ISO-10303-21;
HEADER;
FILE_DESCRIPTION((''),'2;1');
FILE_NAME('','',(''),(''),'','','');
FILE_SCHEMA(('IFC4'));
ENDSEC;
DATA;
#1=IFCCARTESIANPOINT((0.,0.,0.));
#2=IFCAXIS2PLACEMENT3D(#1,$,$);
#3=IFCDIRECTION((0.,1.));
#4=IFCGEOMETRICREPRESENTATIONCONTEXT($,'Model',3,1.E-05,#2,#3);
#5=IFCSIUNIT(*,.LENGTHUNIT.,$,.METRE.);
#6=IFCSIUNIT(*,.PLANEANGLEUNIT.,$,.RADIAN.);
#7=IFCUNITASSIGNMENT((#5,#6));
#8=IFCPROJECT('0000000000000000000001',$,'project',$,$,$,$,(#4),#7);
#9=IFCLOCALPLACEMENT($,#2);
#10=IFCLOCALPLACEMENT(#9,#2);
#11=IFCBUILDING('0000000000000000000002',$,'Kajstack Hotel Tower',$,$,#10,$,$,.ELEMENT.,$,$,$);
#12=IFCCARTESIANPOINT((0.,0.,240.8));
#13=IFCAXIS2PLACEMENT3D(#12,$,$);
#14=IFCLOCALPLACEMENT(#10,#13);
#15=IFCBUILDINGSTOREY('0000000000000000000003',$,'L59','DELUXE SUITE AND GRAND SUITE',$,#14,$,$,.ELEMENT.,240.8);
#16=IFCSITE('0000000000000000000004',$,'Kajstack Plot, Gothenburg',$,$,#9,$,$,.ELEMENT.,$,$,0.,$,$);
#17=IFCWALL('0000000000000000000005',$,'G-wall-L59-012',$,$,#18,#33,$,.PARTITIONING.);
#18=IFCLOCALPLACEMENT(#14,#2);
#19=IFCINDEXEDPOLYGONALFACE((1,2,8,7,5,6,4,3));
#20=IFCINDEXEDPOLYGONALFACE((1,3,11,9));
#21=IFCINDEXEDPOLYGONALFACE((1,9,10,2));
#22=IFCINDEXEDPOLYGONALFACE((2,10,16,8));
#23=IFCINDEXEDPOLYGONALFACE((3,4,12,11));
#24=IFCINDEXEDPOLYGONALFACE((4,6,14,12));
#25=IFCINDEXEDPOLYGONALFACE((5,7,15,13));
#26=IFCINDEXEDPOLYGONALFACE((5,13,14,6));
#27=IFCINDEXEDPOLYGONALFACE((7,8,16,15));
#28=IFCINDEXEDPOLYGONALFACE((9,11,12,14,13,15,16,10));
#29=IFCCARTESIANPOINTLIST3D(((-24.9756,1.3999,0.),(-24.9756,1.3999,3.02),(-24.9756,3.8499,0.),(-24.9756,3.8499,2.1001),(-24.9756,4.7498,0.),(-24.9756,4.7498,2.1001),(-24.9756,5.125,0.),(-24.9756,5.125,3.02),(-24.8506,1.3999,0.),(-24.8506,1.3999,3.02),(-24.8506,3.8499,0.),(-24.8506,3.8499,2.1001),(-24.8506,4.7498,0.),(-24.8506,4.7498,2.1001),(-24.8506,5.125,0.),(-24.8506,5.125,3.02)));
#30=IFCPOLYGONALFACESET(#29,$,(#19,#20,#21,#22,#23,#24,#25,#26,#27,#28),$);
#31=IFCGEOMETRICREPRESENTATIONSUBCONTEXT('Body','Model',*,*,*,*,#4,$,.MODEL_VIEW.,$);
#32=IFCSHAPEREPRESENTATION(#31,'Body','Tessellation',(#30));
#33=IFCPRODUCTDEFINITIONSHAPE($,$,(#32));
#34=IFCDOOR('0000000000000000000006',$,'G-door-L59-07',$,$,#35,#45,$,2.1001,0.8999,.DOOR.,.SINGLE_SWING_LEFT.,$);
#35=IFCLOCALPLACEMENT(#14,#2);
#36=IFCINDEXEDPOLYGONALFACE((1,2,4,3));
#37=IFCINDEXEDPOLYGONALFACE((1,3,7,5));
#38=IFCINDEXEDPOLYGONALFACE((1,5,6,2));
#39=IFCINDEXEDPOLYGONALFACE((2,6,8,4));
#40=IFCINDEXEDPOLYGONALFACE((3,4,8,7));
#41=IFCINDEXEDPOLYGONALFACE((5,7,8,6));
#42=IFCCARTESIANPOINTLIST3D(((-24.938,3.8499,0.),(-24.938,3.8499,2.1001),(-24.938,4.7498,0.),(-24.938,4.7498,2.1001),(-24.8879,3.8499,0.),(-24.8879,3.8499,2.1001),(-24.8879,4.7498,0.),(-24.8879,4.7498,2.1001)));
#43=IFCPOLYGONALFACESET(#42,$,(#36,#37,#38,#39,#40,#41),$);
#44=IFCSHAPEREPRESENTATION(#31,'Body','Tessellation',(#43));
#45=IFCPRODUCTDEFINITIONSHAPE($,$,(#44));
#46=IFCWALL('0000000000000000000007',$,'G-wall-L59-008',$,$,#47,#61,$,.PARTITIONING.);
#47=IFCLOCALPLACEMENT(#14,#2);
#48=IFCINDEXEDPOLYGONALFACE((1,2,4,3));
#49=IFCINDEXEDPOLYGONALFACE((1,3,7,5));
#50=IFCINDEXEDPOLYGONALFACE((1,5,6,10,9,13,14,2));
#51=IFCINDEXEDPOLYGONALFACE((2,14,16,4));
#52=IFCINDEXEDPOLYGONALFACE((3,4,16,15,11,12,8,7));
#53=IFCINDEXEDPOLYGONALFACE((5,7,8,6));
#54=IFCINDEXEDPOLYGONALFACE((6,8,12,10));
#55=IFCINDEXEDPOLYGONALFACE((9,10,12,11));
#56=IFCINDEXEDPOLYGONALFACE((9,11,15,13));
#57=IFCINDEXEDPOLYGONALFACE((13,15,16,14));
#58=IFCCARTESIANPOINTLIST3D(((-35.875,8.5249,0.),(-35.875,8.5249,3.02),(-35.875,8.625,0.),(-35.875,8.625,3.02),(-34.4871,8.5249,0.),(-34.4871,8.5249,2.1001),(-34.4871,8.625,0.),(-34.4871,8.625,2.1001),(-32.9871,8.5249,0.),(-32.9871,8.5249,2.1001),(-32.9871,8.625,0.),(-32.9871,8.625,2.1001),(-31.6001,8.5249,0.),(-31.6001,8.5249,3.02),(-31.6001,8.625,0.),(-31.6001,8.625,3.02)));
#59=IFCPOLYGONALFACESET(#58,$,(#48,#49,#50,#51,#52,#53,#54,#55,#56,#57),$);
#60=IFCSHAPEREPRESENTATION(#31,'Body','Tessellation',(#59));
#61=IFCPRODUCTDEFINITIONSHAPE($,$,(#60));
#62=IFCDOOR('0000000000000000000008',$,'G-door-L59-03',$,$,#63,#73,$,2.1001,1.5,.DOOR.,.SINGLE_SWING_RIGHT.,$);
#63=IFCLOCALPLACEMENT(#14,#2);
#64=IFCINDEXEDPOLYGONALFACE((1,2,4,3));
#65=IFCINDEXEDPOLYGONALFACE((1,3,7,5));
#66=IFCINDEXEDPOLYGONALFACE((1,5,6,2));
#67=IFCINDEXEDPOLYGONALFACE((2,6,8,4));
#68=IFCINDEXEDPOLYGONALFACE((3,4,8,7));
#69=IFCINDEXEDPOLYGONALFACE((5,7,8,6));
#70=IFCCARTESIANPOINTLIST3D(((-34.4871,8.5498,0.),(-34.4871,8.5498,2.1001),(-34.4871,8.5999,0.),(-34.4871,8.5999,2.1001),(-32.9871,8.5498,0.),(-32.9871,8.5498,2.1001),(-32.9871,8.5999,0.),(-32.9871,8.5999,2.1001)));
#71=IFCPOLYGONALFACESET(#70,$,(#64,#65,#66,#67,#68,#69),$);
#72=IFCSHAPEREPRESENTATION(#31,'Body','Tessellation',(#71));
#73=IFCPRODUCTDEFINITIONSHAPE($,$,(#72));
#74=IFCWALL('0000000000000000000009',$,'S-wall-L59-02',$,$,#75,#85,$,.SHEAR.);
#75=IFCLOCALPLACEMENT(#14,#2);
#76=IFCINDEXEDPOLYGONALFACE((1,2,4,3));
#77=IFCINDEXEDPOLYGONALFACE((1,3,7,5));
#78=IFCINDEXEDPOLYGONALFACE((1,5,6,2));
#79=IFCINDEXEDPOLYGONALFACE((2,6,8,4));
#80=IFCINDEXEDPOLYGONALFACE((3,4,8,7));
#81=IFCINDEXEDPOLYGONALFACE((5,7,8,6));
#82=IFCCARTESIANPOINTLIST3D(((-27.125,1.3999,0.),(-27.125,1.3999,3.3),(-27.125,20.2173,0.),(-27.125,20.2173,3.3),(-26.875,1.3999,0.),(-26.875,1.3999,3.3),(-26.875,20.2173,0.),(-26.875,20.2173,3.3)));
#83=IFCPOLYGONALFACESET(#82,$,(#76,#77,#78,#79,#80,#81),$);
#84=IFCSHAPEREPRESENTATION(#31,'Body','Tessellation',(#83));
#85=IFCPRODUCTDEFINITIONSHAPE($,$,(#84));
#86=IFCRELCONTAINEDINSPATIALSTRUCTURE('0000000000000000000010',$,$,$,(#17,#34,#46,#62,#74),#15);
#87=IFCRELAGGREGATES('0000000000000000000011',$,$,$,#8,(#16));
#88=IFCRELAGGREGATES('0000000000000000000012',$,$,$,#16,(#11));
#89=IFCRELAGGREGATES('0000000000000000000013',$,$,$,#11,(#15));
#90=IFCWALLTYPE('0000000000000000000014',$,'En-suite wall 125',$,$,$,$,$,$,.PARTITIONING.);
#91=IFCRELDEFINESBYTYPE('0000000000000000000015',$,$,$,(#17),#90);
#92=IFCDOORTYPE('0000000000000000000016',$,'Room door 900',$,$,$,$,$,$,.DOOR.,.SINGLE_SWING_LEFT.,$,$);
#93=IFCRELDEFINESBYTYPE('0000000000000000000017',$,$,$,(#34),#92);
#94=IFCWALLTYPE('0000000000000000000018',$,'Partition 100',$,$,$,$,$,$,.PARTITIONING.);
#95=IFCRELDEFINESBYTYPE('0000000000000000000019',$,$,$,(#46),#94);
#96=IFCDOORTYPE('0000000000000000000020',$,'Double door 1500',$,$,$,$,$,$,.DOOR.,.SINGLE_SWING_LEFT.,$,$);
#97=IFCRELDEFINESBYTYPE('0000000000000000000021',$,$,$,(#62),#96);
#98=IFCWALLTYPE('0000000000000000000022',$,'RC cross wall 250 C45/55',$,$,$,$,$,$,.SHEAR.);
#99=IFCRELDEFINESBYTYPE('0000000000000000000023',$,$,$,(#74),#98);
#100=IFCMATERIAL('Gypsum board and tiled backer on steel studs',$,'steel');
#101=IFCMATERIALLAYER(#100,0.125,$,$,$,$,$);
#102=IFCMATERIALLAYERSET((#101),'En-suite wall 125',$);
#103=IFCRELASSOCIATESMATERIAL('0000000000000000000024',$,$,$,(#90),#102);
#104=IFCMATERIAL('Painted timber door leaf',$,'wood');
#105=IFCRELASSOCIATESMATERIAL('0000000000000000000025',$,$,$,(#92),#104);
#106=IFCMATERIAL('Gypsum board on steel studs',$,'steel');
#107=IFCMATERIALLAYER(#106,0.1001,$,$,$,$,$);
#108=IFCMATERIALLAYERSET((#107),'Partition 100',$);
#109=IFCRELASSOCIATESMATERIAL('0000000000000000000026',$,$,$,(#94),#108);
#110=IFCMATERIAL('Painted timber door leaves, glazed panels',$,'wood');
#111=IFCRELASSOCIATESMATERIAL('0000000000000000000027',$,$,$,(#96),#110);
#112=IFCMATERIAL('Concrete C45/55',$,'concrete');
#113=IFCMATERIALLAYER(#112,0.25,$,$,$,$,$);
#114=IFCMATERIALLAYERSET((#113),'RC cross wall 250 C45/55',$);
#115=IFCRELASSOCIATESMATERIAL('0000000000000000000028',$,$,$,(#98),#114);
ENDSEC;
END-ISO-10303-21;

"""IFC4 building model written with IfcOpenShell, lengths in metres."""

from ifc_helpers import new_model, si_unit, direction, frame, frame_2d, origin, place, context, subcontext, project, spatial, rectangle, extrude, material, layer, layer_set, type_object, element, fill, save


model = new_model("IFC4")

# Units and contexts
model_context = context("Model", 3, precision=1e-05, world=origin(), true_north=direction((0.0, 1.0)))
body_context = subcontext(model_context, "Body", "Model", "MODEL_VIEW")
ifc_project = project(units=[si_unit("LENGTHUNIT", "METRE"), si_unit("PLANEANGLEUNIT", "RADIAN")], contexts=[model_context])

# Site, building, storey
site_placement = place(None, origin())
site = spatial("IfcSite", under=ifc_project, at=site_placement, Name="Kajstack Plot, Gothenburg", CompositionType="ELEMENT", RefElevation=0.0)
building_placement = place(site_placement, origin())
building = spatial("IfcBuilding", under=site, at=building_placement, Name="Kajstack Hotel Tower", CompositionType="ELEMENT")
storey_placement = place(building_placement, frame((0.0, 0.0, 240.8)))
storey = spatial("IfcBuildingStorey", under=building, at=storey_placement, Name="L59", Description="DELUXE SUITE AND GRAND SUITE", CompositionType="ELEMENT", Elevation=240.8)

# Shared definitions
ifc_material_1 = material(Name="Gypsum board and tiled backer on steel studs", Category="steel")
ifc_layer_1 = layer(ifc_material_1, 0.125)
ifc_layer_set_1 = layer_set([ifc_layer_1], Name="En-suite wall 125")
wall_type_1 = type_object("IfcWallType", Name="En-suite wall 125", PredefinedType="PARTITIONING", material=ifc_layer_set_1)

# Shared definitions
ifc_material_2 = material(Name="Painted timber door leaf", Category="wood")
door_type_1 = type_object("IfcDoorType", Name="Room door 900", OperationType="SINGLE_SWING_LEFT", PredefinedType="DOOR", material=ifc_material_2)

# Walls, openings, doors
wall_1_placement = place(storey_placement, frame((-24.9131, 1.3999, 0.0), z_axis=(0.0, 0.0, 1.0), x_axis=(0.0, 1.0, 0.0)))
wall_1 = element("IfcWall", 1, at=wall_1_placement, inside=storey, type_object=wall_type_1, Name="G-wall-L59-012", PredefinedType="PARTITIONING", context=body_context, shape_type="SweptSolid", body=[
    extrude(rectangle(XDim=3.7251, YDim=0.125, at=frame_2d((1.8625, 0.0))), origin(), (0.0, 0.0, 1.0), 3.02),
])
opening_1_placement = place(wall_1_placement, frame((2.45, 0.0, 0.0)))
opening_1 = element("IfcOpeningElement", 2, at=opening_1_placement, cuts=wall_1, PredefinedType="OPENING", context=body_context, shape_type="SweptSolid", body=[
    extrude(rectangle(XDim=0.8999, YDim=2.1001, at=frame_2d((0.45, 1.05))), frame((0.0, 0.0725, 0.0), z_axis=(0.0, -1.0, 0.0), x_axis=(1.0, 0.0, 0.0)), (0.0, 0.0, 1.0), 0.145),
])
door_1_placement = place(opening_1_placement, origin())
door_1 = element("IfcDoor", 3, at=door_1_placement, inside=storey, type_object=door_type_1, Name="G-door-L59-07", OperationType="SINGLE_SWING_LEFT", OverallHeight=2.1001, OverallWidth=0.8999, PredefinedType="DOOR", context=body_context, shape_type="SweptSolid", body=[
    extrude(rectangle(XDim=0.8999, YDim=2.1001, at=frame_2d((0.45, 1.05))), frame((0.0, 0.0249, 0.0), z_axis=(0.0, -1.0, 0.0), x_axis=(1.0, 0.0, 0.0)), (0.0, 0.0, 1.0), 0.05),
])
fill(opening_1, door_1)
ifc_material_3 = material(Name="Gypsum board on steel studs", Category="steel")
ifc_layer_2 = layer(ifc_material_3, 0.1001)
ifc_layer_set_2 = layer_set([ifc_layer_2], Name="Partition 100")
wall_type_2 = type_object("IfcWallType", Name="Partition 100", PredefinedType="PARTITIONING", material=ifc_layer_set_2)
wall_2_placement = place(storey_placement, frame((-35.875, 8.575, 0.0), z_axis=(0.0, 0.0, 1.0), x_axis=(1.0, 0.0, 0.0)))
wall_2 = element("IfcWall", 4, at=wall_2_placement, inside=storey, type_object=wall_type_2, Name="G-wall-L59-008", PredefinedType="PARTITIONING", context=body_context, shape_type="SweptSolid", body=[
    extrude(rectangle(XDim=4.2749, YDim=0.1001, at=frame_2d((2.1375, 0.0))), origin(), (0.0, 0.0, 1.0), 3.02),
])
opening_2_placement = place(wall_2_placement, frame((1.3879, 0.0, 0.0)))
opening_2 = element("IfcOpeningElement", 5, at=opening_2_placement, cuts=wall_2, PredefinedType="OPENING", context=body_context, shape_type="SweptSolid", body=[
    extrude(rectangle(XDim=1.5, YDim=2.1001, at=frame_2d((0.75, 1.05))), frame((0.0, 0.0601, 0.0), z_axis=(0.0, -1.0, 0.0), x_axis=(1.0, 0.0, 0.0)), (0.0, 0.0, 1.0), 0.1201),
])
ifc_material_4 = material(Name="Painted timber door leaves, glazed panels", Category="wood")
door_type_2 = type_object("IfcDoorType", Name="Double door 1500", OperationType="SINGLE_SWING_LEFT", PredefinedType="DOOR", material=ifc_material_4)
door_2_placement = place(opening_2_placement, origin())
door_2 = element("IfcDoor", 6, at=door_2_placement, inside=storey, type_object=door_type_2, Name="G-door-L59-03", OperationType="SINGLE_SWING_RIGHT", OverallHeight=2.1001, OverallWidth=1.5, PredefinedType="DOOR", context=body_context, shape_type="SweptSolid", body=[
    extrude(rectangle(XDim=1.5, YDim=2.1001, at=frame_2d((0.75, 1.05))), frame((0.0, 0.0249, 0.0), z_axis=(0.0, -1.0, 0.0), x_axis=(1.0, 0.0, 0.0)), (0.0, 0.0, 1.0), 0.05),
])
fill(opening_2, door_2)

# Wall
ifc_material_5 = material(Name="Concrete C45/55", Category="concrete")
ifc_layer_3 = layer(ifc_material_5, 0.25)
ifc_layer_set_3 = layer_set([ifc_layer_3], Name="RC cross wall 250 C45/55")
wall_type_3 = type_object("IfcWallType", Name="RC cross wall 250 C45/55", PredefinedType="SHEAR", material=ifc_layer_set_3)
wall_3_placement = place(storey_placement, frame((-27.0, 1.3999, 0.0), z_axis=(0.0, 0.0, 1.0), x_axis=(0.0, 1.0, 0.0)))
element("IfcWall", 7, at=wall_3_placement, inside=storey, type_object=wall_type_3, Name="S-wall-L59-02", PredefinedType="SHEAR", context=body_context, shape_type="SweptSolid", body=[
    extrude(rectangle(XDim=18.8174, YDim=0.25, at=frame_2d((9.4087, 0.0))), origin(), (0.0, 0.0, 1.0), 3.3),
])

save(model, "model.ifc")
